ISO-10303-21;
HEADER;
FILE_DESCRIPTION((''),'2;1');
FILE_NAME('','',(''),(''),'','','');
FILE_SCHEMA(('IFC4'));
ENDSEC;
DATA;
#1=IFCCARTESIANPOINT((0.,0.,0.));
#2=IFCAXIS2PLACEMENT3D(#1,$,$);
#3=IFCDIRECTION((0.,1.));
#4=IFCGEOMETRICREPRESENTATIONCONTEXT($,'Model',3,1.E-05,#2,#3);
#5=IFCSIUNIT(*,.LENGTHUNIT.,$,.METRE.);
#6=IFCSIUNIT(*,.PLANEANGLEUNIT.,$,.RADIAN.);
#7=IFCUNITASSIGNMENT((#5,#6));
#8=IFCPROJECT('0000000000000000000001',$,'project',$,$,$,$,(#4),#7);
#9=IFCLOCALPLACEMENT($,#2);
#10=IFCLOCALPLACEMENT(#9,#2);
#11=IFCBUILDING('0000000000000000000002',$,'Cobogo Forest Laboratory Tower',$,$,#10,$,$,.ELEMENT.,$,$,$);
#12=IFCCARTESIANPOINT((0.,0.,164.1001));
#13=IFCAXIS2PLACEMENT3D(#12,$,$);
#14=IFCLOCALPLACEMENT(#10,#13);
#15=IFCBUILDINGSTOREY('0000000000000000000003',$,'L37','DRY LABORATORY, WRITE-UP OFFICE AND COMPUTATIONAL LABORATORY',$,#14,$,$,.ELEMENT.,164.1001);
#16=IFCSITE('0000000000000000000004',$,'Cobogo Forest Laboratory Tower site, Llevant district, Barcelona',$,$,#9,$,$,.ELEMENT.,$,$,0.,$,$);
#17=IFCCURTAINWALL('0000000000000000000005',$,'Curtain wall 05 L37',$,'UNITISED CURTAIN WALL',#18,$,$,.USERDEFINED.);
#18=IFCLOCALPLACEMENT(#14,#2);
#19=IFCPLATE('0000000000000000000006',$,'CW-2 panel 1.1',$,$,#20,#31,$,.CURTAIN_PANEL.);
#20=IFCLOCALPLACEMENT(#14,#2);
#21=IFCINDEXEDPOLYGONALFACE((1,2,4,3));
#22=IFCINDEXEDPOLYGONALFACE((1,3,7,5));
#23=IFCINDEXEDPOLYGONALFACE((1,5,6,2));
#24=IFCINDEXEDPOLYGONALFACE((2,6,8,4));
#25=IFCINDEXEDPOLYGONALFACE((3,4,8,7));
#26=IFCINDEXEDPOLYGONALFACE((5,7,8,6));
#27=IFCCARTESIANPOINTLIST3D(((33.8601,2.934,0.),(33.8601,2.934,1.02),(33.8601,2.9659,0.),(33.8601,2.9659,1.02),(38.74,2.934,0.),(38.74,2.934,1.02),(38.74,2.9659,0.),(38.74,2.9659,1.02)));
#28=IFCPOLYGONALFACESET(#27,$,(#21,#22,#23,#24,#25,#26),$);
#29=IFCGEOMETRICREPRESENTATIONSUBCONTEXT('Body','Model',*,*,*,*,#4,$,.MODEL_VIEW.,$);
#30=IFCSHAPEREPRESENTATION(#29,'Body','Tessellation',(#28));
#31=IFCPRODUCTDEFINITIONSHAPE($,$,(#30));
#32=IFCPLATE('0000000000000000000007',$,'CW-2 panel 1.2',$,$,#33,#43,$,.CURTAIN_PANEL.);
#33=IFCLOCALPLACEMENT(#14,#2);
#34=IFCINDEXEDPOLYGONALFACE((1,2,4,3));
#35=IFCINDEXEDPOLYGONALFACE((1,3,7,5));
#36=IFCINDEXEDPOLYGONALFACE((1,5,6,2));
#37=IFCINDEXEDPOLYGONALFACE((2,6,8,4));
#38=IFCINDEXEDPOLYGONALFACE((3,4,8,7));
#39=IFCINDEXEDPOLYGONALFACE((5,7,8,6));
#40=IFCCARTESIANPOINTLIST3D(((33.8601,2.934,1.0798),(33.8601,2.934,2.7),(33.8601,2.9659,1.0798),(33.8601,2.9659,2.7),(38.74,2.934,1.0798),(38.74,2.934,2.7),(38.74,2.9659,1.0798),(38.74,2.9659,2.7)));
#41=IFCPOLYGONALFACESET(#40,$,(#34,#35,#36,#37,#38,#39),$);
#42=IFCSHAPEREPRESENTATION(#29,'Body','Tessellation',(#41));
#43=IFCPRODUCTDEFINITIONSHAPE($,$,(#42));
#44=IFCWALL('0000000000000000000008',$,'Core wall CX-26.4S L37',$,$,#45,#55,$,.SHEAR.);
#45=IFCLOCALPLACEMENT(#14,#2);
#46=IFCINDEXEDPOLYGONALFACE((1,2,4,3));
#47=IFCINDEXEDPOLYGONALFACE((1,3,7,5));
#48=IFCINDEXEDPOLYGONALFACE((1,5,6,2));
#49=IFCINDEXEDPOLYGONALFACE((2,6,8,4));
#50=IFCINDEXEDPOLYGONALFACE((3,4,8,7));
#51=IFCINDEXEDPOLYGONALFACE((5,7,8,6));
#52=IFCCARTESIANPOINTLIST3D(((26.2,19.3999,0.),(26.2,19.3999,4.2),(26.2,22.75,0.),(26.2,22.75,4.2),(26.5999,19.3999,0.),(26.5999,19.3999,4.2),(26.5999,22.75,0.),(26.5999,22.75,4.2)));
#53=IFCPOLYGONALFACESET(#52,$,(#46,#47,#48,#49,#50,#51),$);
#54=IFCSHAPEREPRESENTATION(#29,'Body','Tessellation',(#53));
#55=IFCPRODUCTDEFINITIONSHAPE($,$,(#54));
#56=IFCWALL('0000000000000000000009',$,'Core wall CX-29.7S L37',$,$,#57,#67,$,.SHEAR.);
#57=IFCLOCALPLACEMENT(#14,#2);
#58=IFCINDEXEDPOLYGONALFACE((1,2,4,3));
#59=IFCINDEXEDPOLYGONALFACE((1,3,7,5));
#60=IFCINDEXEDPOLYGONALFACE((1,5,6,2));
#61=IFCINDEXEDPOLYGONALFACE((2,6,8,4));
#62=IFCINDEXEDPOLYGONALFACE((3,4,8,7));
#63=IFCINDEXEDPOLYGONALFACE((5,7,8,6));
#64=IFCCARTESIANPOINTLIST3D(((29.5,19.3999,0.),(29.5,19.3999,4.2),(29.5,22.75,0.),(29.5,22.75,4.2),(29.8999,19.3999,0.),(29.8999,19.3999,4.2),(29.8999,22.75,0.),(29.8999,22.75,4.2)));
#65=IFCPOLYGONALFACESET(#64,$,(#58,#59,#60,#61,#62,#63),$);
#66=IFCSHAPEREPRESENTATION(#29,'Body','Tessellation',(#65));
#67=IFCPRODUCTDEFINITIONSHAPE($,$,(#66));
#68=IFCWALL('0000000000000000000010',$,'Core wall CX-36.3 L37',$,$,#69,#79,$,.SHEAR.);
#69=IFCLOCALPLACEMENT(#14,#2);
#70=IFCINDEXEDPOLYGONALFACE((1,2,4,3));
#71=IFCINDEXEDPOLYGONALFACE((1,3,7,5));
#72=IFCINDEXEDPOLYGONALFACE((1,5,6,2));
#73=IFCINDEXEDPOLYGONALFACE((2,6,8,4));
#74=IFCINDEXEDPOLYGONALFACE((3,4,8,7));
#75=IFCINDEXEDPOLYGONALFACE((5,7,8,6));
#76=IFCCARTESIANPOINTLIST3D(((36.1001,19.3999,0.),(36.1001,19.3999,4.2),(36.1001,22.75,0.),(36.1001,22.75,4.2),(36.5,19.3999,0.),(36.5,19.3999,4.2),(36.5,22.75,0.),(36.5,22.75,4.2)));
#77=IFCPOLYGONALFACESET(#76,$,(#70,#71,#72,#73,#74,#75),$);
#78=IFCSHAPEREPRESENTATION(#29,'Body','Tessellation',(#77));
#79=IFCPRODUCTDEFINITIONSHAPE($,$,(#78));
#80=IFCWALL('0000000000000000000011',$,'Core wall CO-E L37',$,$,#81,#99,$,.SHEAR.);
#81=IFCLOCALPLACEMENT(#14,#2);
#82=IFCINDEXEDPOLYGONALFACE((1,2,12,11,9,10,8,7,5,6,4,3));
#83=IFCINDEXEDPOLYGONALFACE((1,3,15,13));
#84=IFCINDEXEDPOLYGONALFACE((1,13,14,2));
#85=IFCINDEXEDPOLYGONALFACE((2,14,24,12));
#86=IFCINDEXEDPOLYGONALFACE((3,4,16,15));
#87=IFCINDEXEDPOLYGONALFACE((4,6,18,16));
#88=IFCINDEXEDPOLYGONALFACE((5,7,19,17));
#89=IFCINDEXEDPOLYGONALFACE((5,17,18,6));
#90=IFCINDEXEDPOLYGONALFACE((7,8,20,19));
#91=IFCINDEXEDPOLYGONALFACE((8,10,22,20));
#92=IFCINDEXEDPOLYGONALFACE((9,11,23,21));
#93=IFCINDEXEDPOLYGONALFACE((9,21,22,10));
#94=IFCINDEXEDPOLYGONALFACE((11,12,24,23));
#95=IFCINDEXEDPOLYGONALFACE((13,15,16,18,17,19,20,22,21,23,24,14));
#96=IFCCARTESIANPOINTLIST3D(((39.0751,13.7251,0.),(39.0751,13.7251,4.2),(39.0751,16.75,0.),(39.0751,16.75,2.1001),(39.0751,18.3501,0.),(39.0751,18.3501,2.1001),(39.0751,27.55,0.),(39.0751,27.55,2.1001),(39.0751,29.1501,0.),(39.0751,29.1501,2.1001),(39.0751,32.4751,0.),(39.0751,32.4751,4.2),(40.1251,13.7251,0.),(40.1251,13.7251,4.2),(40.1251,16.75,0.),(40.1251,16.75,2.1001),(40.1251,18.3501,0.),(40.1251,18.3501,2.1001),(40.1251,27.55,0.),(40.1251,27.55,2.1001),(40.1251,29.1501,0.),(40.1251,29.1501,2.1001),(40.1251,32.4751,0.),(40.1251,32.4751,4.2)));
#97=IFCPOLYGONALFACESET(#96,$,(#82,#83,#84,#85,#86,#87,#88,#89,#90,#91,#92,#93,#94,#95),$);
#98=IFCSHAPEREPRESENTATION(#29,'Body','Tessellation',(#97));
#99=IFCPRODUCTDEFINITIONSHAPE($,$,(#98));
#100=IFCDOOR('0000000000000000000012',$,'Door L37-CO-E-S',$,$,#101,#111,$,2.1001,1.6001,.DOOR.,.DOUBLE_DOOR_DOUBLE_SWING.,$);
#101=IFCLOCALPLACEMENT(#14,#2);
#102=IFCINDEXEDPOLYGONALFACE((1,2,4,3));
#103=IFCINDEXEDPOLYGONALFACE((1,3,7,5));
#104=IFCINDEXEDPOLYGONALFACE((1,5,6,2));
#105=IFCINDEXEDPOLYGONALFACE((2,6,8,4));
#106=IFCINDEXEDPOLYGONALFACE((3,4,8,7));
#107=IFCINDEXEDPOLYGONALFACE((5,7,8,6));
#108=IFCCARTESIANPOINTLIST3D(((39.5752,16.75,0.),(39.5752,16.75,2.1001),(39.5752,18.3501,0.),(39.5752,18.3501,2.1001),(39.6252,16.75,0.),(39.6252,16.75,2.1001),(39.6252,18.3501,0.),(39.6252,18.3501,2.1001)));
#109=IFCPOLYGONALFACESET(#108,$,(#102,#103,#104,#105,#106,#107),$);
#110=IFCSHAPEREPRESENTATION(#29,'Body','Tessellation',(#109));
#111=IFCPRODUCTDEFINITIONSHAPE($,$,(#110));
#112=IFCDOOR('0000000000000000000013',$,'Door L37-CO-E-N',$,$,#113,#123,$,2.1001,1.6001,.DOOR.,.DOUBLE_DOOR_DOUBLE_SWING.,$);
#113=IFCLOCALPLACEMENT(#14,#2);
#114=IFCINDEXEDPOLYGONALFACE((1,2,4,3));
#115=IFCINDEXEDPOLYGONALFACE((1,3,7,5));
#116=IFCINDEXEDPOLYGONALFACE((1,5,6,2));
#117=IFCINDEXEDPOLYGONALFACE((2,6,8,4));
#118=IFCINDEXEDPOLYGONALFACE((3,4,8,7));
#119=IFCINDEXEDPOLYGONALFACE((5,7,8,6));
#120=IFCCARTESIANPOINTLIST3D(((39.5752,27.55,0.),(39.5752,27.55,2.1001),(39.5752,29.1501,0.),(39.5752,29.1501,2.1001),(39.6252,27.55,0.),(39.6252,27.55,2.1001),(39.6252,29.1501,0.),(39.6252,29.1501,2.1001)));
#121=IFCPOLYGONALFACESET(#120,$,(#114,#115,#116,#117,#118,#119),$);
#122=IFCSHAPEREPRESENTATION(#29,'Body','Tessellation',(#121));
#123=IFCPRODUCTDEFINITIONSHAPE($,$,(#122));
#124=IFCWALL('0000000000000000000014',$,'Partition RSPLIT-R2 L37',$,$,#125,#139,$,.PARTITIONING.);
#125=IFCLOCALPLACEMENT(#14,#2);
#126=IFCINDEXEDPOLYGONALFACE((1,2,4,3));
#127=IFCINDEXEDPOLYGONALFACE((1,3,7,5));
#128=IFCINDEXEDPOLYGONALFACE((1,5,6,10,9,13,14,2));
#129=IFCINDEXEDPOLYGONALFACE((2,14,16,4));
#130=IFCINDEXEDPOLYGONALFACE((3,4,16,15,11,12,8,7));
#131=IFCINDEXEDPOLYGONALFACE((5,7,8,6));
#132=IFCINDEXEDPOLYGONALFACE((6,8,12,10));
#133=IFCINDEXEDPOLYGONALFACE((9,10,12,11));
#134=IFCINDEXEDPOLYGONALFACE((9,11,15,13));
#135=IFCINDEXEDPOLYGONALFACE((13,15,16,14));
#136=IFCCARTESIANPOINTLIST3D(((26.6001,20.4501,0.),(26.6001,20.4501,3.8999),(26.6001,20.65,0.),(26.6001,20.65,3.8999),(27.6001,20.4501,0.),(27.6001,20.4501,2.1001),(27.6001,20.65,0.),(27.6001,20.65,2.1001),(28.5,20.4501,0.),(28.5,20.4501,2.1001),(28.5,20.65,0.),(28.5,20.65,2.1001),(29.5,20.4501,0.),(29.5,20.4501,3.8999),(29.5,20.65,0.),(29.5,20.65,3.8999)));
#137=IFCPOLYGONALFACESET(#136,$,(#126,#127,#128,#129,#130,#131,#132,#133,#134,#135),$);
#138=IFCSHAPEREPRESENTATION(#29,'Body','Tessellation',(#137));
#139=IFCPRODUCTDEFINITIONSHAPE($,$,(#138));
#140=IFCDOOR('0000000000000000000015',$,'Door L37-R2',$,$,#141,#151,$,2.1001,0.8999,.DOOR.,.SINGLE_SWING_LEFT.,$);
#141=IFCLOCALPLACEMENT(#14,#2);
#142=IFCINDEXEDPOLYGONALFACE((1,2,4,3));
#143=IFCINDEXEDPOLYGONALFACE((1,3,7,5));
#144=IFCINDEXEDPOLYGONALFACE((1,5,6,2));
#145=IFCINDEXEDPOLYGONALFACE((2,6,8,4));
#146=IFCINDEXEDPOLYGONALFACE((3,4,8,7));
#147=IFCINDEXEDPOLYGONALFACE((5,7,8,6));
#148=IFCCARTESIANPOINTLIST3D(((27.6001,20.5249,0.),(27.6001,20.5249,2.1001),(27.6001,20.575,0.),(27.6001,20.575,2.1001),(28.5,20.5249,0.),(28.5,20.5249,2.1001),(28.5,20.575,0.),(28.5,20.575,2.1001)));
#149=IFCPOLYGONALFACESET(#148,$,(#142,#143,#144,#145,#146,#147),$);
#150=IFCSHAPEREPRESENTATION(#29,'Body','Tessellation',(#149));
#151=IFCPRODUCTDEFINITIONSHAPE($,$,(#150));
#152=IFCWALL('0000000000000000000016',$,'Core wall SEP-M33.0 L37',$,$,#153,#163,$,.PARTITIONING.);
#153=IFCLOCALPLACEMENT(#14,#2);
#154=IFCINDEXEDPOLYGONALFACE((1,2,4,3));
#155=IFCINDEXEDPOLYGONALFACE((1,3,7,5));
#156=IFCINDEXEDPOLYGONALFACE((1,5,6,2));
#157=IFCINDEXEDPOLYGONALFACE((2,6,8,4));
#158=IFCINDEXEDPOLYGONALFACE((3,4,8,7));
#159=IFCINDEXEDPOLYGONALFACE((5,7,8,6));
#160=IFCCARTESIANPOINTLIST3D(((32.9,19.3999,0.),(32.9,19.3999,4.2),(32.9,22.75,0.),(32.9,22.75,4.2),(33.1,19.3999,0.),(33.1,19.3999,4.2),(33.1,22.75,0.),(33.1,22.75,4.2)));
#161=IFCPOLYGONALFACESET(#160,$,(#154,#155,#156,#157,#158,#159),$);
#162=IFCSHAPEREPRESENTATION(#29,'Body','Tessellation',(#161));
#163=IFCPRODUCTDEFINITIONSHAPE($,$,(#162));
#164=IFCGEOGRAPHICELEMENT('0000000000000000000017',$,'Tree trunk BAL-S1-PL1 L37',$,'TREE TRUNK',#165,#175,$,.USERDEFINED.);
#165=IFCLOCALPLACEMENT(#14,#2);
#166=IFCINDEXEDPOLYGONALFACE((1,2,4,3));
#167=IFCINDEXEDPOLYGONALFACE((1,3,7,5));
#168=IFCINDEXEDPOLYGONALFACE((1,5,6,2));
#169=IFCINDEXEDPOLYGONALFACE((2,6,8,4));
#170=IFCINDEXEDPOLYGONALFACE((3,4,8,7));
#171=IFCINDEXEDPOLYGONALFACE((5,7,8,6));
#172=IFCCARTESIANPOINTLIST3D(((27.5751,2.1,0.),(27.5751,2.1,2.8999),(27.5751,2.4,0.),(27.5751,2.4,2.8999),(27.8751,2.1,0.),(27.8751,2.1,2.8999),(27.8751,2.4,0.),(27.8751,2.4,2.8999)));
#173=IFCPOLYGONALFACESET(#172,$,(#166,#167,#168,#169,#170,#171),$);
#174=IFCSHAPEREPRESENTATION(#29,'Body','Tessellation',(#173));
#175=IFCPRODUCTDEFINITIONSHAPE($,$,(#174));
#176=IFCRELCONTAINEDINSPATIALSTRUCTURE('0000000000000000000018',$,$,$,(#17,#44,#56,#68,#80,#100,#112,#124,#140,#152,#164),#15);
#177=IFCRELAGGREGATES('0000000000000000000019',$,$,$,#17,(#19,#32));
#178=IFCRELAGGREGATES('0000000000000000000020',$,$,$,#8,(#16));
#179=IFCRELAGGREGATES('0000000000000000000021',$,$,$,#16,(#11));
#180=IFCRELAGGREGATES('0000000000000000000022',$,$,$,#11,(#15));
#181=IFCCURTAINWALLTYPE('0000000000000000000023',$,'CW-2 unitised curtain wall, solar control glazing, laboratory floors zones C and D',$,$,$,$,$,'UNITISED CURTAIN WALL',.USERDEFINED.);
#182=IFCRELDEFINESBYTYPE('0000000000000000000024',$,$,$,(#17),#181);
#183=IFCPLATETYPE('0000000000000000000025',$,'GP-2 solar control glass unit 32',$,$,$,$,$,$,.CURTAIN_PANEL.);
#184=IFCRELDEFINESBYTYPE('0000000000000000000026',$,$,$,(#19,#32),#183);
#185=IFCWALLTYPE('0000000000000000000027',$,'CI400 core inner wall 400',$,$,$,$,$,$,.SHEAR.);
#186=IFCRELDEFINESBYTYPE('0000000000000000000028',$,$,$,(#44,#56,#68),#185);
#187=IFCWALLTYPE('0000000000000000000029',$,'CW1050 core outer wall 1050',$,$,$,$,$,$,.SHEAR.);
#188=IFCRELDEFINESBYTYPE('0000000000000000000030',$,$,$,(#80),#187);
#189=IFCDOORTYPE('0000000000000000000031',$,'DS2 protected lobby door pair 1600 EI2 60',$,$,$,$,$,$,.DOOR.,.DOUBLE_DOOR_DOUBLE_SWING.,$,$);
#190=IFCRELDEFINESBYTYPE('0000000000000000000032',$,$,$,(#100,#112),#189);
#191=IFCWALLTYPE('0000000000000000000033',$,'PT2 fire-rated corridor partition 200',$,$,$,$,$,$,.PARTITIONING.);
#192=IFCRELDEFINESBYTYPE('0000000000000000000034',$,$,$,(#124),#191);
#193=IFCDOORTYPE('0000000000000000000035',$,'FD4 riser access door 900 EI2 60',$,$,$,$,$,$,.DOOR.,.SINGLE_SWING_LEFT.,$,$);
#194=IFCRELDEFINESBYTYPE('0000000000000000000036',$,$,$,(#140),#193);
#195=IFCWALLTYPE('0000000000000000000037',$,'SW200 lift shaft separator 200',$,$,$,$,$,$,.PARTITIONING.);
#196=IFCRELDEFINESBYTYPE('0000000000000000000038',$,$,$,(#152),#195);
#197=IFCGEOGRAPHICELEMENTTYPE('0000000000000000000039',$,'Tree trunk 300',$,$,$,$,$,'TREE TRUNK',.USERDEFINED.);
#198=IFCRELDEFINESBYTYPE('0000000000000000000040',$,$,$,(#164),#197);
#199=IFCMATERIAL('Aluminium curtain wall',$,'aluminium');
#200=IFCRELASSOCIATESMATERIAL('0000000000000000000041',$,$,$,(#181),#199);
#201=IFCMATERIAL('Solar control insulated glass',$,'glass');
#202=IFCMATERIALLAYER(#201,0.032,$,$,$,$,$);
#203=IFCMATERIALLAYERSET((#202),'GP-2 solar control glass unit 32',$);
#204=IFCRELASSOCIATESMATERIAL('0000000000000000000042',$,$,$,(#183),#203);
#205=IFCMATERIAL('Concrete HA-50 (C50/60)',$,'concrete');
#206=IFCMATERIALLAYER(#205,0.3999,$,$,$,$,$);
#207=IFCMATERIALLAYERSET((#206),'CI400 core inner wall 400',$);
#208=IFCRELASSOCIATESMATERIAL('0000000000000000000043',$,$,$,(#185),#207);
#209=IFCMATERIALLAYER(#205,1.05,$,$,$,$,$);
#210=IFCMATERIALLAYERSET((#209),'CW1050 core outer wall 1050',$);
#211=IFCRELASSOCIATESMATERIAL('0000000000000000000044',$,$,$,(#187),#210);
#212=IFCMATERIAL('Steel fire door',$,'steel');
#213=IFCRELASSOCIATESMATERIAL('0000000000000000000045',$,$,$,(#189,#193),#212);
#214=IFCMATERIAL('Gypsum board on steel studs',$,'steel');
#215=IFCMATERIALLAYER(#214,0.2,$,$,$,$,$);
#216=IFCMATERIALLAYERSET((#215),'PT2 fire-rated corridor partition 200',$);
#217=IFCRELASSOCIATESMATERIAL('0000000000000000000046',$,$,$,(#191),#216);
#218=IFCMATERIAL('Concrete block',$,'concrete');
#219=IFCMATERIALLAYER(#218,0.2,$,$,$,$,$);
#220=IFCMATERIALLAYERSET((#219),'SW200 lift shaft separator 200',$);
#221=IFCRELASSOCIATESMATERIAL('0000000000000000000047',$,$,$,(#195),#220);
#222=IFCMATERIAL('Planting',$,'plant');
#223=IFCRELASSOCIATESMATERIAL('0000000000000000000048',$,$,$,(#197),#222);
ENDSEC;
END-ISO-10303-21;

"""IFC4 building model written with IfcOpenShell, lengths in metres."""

from ifc_helpers import new_model, si_unit, direction, frame, frame_2d, origin, origin_2d, place, context, subcontext, project, spatial, rectangle, extrude, material, layer, layer_set, type_object, element, fill, aggregate, save


model = new_model("IFC4")

# Units and contexts
model_context = context("Model", 3, precision=1e-05, world=origin(), true_north=direction((0.0, 1.0)))
body_context = subcontext(model_context, "Body", "Model", "MODEL_VIEW")
ifc_project = project(units=[si_unit("LENGTHUNIT", "METRE"), si_unit("PLANEANGLEUNIT", "RADIAN")], contexts=[model_context])

# Site, building, storey
site_placement = place(None, origin())
site = spatial("IfcSite", under=ifc_project, at=site_placement, Name="Cobogo Forest Laboratory Tower site, Llevant district, Barcelona", CompositionType="ELEMENT", RefElevation=0.0)
building_placement = place(site_placement, origin())
building = spatial("IfcBuilding", under=site, at=building_placement, Name="Cobogo Forest Laboratory Tower", CompositionType="ELEMENT")
storey_placement = place(building_placement, frame((0.0, 0.0, 164.1001)))
storey = spatial("IfcBuildingStorey", under=building, at=storey_placement, Name="L37", Description="DRY LABORATORY, WRITE-UP OFFICE AND COMPUTATIONAL LABORATORY", CompositionType="ELEMENT", Elevation=164.1001)

# Shared definitions
ifc_material_1 = material(Name="Concrete HA-50 (C50/60)", Category="concrete")

# Curtain wall
ifc_material_2 = material(Name="Aluminium curtain wall", Category="aluminium")
curtain_wall_type = type_object("IfcCurtainWallType", Name="CW-2 unitised curtain wall, solar control glazing, laboratory floors zones C and D", ElementType="UNITISED CURTAIN WALL", PredefinedType="USERDEFINED", material=ifc_material_2)
curtain_wall_1_placement = place(storey_placement, origin())
curtain_wall_1 = element("IfcCurtainWall", 1, at=curtain_wall_1_placement, inside=storey, type_object=curtain_wall_type, Name="Curtain wall 05 L37", ObjectType="UNITISED CURTAIN WALL", PredefinedType="USERDEFINED")

# Plates
ifc_material_3 = material(Name="Solar control insulated glass", Category="glass")
ifc_layer_1 = layer(ifc_material_3, 0.032)
ifc_layer_set_1 = layer_set([ifc_layer_1], Name="GP-2 solar control glass unit 32")
plate_type = type_object("IfcPlateType", Name="GP-2 solar control glass unit 32", PredefinedType="CURTAIN_PANEL", material=ifc_layer_set_1)
plate_1_placement = place(storey_placement, frame((36.3, 2.95, 0.0), z_axis=(0.0, 0.0, 1.0), x_axis=(1.0, 0.0, 0.0)))
plate_1 = element("IfcPlate", 2, at=plate_1_placement, type_object=plate_type, Name="CW-2 panel 1.1", PredefinedType="CURTAIN_PANEL", context=body_context, shape_type="SweptSolid", body=[
    extrude(rectangle(XDim=4.8799, YDim=0.032, at=origin_2d()), origin(), (0.0, 0.0, 1.0), 1.02),
])
plate_2_placement = place(storey_placement, frame((36.3, 2.95, 1.0798), z_axis=(0.0, 0.0, 1.0), x_axis=(1.0, 0.0, 0.0)))
plate_2 = element("IfcPlate", 3, at=plate_2_placement, type_object=plate_type, Name="CW-2 panel 1.2", PredefinedType="CURTAIN_PANEL", context=body_context, shape_type="SweptSolid", body=[
    extrude(rectangle(XDim=4.8799, YDim=0.032, at=origin_2d()), origin(), (0.0, 0.0, 1.0), 1.6201),
])
aggregate(curtain_wall_1, [plate_1, plate_2])

# Walls
ifc_layer_2 = layer(ifc_material_1, 0.3999)
ifc_layer_set_2 = layer_set([ifc_layer_2], Name="CI400 core inner wall 400")
wall_type_1 = type_object("IfcWallType", Name="CI400 core inner wall 400", PredefinedType="SHEAR", material=ifc_layer_set_2)
for number, where, z_axis, x_axis, name in (
    (4, (26.3999, 19.3999, 0.0), (0.0, 0.0, 1.0), (0.0, 1.0, 0.0), "Core wall CX-26.4S L37"),
    (5, (29.7, 19.3999, 0.0), (0.0, 0.0, 1.0), (0.0, 1.0, 0.0), "Core wall CX-29.7S L37"),
    (6, (36.3, 19.3999, 0.0), (0.0, 0.0, 1.0), (0.0, 1.0, 0.0), "Core wall CX-36.3 L37"),
):
    element("IfcWall", number, at=place(storey_placement, frame(where, z_axis=z_axis, x_axis=x_axis)), inside=storey, type_object=wall_type_1, Name=name, PredefinedType="SHEAR", context=body_context, shape_type="SweptSolid", body=[
        extrude(rectangle(XDim=3.3501, YDim=0.3999, at=frame_2d((1.675, 0.0))), origin(), (0.0, 0.0, 1.0), 4.2),
    ])

# Wall, openings, doors
ifc_layer_3 = layer(ifc_material_1, 1.05)
ifc_layer_set_3 = layer_set([ifc_layer_3], Name="CW1050 core outer wall 1050")
wall_type_2 = type_object("IfcWallType", Name="CW1050 core outer wall 1050", PredefinedType="SHEAR", material=ifc_layer_set_3)
wall_1_placement = place(storey_placement, frame((39.6001, 13.7251, 0.0), z_axis=(0.0, 0.0, 1.0), x_axis=(0.0, 1.0, 0.0)))
wall_1 = element("IfcWall", 7, at=wall_1_placement, inside=storey, type_object=wall_type_2, Name="Core wall CO-E L37", PredefinedType="SHEAR", context=body_context, shape_type="SweptSolid", body=[
    extrude(rectangle(XDim=18.75, YDim=1.05, at=frame_2d((9.375, 0.0))), origin(), (0.0, 0.0, 1.0), 4.2),
])
opening_1_placement = place(wall_1_placement, frame((3.0249, 0.0, 0.0)))
opening_1 = element("IfcOpeningElement", 8, at=opening_1_placement, cuts=wall_1, PredefinedType="OPENING", context=body_context, shape_type="SweptSolid", body=[
    extrude(rectangle(XDim=1.6001, YDim=2.1001, at=frame_2d((0.8, 1.05))), frame((0.0, 0.5349, 0.0), z_axis=(0.0, -1.0, 0.0), x_axis=(1.0, 0.0, 0.0)), (0.0, 0.0, 1.0), 1.0701),
])
opening_2_placement = place(wall_1_placement, frame((13.825, 0.0, 0.0)))
opening_2 = element("IfcOpeningElement", 9, at=opening_2_placement, cuts=wall_1, PredefinedType="OPENING", context=body_context, shape_type="SweptSolid", body=[
    extrude(rectangle(XDim=1.6001, YDim=2.1001, at=frame_2d((0.8, 1.05))), frame((0.0, 0.5349, 0.0), z_axis=(0.0, -1.0, 0.0), x_axis=(1.0, 0.0, 0.0)), (0.0, 0.0, 1.0), 1.0701),
])
ifc_material_4 = material(Name="Steel fire door", Category="steel")
door_type_1 = type_object("IfcDoorType", Name="DS2 protected lobby door pair 1600 EI2 60", OperationType="DOUBLE_DOOR_DOUBLE_SWING", PredefinedType="DOOR", material=ifc_material_4)
door_1_placement = place(opening_1_placement, origin())
door_1 = element("IfcDoor", 10, at=door_1_placement, inside=storey, type_object=door_type_1, Name="Door L37-CO-E-S", OperationType="DOUBLE_DOOR_DOUBLE_SWING", OverallHeight=2.1001, OverallWidth=1.6001, PredefinedType="DOOR", context=body_context, shape_type="SweptSolid", body=[
    extrude(rectangle(XDim=1.6001, YDim=2.1001, at=frame_2d((0.8, 1.05))), frame((0.0, 0.0249, 0.0), z_axis=(0.0, -1.0, 0.0), x_axis=(1.0, 0.0, 0.0)), (0.0, 0.0, 1.0), 0.05),
])
fill(opening_1, door_1)
door_2_placement = place(opening_2_placement, origin())
door_2 = element("IfcDoor", 11, at=door_2_placement, inside=storey, type_object=door_type_1, Name="Door L37-CO-E-N", OperationType="DOUBLE_DOOR_DOUBLE_SWING", OverallHeight=2.1001, OverallWidth=1.6001, PredefinedType="DOOR", context=body_context, shape_type="SweptSolid", body=[
    extrude(rectangle(XDim=1.6001, YDim=2.1001, at=frame_2d((0.8, 1.05))), frame((0.0, 0.0249, 0.0), z_axis=(0.0, -1.0, 0.0), x_axis=(1.0, 0.0, 0.0)), (0.0, 0.0, 1.0), 0.05),
])
fill(opening_2, door_2)

# Wall, opening, door
ifc_material_5 = material(Name="Gypsum board on steel studs", Category="steel")
ifc_layer_4 = layer(ifc_material_5, 0.2)
ifc_layer_set_4 = layer_set([ifc_layer_4], Name="PT2 fire-rated corridor partition 200")
wall_type_3 = type_object("IfcWallType", Name="PT2 fire-rated corridor partition 200", PredefinedType="PARTITIONING", material=ifc_layer_set_4)
wall_2_placement = place(storey_placement, frame((26.6001, 20.55, 0.0), z_axis=(0.0, 0.0, 1.0), x_axis=(1.0, 0.0, 0.0)))
wall_2 = element("IfcWall", 12, at=wall_2_placement, inside=storey, type_object=wall_type_3, Name="Partition RSPLIT-R2 L37", PredefinedType="PARTITIONING", context=body_context, shape_type="SweptSolid", body=[
    extrude(rectangle(XDim=2.8999, YDim=0.2, at=frame_2d((1.45, 0.0))), origin(), (0.0, 0.0, 1.0), 3.8999),
])
opening_3_placement = place(wall_2_placement, frame((1.0, 0.0, 0.0)))
opening_3 = element("IfcOpeningElement", 13, at=opening_3_placement, cuts=wall_2, PredefinedType="OPENING", context=body_context, shape_type="SweptSolid", body=[
    extrude(rectangle(XDim=0.8999, YDim=2.1001, at=frame_2d((0.45, 1.05))), frame((0.0, 0.1099, 0.0), z_axis=(0.0, -1.0, 0.0), x_axis=(1.0, 0.0, 0.0)), (0.0, 0.0, 1.0), 0.22),
])
door_type_2 = type_object("IfcDoorType", Name="FD4 riser access door 900 EI2 60", OperationType="SINGLE_SWING_LEFT", PredefinedType="DOOR", material=ifc_material_4)
door_3_placement = place(opening_3_placement, origin())
door_3 = element("IfcDoor", 14, at=door_3_placement, inside=storey, type_object=door_type_2, Name="Door L37-R2", OperationType="SINGLE_SWING_LEFT", OverallHeight=2.1001, OverallWidth=0.8999, PredefinedType="DOOR", context=body_context, shape_type="SweptSolid", body=[
    extrude(rectangle(XDim=0.8999, YDim=2.1001, at=frame_2d((0.45, 1.05))), frame((0.0, 0.0249, 0.0), z_axis=(0.0, -1.0, 0.0), x_axis=(1.0, 0.0, 0.0)), (0.0, 0.0, 1.0), 0.05),
])
fill(opening_3, door_3)

# Wall
ifc_material_6 = material(Name="Concrete block", Category="concrete")
ifc_layer_5 = layer(ifc_material_6, 0.2)
ifc_layer_set_5 = layer_set([ifc_layer_5], Name="SW200 lift shaft separator 200")
wall_type_4 = type_object("IfcWallType", Name="SW200 lift shaft separator 200", PredefinedType="PARTITIONING", material=ifc_layer_set_5)
wall_3_placement = place(storey_placement, frame((33.0, 19.3999, 0.0), z_axis=(0.0, 0.0, 1.0), x_axis=(0.0, 1.0, 0.0)))
element("IfcWall", 15, at=wall_3_placement, inside=storey, type_object=wall_type_4, Name="Core wall SEP-M33.0 L37", PredefinedType="PARTITIONING", context=body_context, shape_type="SweptSolid", body=[
    extrude(rectangle(XDim=3.3501, YDim=0.2, at=frame_2d((1.675, 0.0))), origin(), (0.0, 0.0, 1.0), 4.2),
])

# Geographic element
ifc_material_7 = material(Name="Planting", Category="plant")
geographic_element_type = type_object("IfcGeographicElementType", Name="Tree trunk 300", ElementType="TREE TRUNK", PredefinedType="USERDEFINED", material=ifc_material_7)
for number, where, z_axis, x_axis, name in (
    (16, (27.7251, 2.25, 0.0), (0.0, 0.0, 1.0), (1.0, 0.0, 0.0), "Tree trunk BAL-S1-PL1 L37"),
):
    element("IfcGeographicElement", number, at=place(storey_placement, frame(where, z_axis=z_axis, x_axis=x_axis)), inside=storey, type_object=geographic_element_type, Name=name, ObjectType="TREE TRUNK", PredefinedType="USERDEFINED", context=body_context, shape_type="SweptSolid", body=[
        extrude(rectangle(XDim=0.3, YDim=0.3, at=origin_2d()), origin(), (0.0, 0.0, 1.0), 2.8999),
    ])

save(model, "model.ifc")
